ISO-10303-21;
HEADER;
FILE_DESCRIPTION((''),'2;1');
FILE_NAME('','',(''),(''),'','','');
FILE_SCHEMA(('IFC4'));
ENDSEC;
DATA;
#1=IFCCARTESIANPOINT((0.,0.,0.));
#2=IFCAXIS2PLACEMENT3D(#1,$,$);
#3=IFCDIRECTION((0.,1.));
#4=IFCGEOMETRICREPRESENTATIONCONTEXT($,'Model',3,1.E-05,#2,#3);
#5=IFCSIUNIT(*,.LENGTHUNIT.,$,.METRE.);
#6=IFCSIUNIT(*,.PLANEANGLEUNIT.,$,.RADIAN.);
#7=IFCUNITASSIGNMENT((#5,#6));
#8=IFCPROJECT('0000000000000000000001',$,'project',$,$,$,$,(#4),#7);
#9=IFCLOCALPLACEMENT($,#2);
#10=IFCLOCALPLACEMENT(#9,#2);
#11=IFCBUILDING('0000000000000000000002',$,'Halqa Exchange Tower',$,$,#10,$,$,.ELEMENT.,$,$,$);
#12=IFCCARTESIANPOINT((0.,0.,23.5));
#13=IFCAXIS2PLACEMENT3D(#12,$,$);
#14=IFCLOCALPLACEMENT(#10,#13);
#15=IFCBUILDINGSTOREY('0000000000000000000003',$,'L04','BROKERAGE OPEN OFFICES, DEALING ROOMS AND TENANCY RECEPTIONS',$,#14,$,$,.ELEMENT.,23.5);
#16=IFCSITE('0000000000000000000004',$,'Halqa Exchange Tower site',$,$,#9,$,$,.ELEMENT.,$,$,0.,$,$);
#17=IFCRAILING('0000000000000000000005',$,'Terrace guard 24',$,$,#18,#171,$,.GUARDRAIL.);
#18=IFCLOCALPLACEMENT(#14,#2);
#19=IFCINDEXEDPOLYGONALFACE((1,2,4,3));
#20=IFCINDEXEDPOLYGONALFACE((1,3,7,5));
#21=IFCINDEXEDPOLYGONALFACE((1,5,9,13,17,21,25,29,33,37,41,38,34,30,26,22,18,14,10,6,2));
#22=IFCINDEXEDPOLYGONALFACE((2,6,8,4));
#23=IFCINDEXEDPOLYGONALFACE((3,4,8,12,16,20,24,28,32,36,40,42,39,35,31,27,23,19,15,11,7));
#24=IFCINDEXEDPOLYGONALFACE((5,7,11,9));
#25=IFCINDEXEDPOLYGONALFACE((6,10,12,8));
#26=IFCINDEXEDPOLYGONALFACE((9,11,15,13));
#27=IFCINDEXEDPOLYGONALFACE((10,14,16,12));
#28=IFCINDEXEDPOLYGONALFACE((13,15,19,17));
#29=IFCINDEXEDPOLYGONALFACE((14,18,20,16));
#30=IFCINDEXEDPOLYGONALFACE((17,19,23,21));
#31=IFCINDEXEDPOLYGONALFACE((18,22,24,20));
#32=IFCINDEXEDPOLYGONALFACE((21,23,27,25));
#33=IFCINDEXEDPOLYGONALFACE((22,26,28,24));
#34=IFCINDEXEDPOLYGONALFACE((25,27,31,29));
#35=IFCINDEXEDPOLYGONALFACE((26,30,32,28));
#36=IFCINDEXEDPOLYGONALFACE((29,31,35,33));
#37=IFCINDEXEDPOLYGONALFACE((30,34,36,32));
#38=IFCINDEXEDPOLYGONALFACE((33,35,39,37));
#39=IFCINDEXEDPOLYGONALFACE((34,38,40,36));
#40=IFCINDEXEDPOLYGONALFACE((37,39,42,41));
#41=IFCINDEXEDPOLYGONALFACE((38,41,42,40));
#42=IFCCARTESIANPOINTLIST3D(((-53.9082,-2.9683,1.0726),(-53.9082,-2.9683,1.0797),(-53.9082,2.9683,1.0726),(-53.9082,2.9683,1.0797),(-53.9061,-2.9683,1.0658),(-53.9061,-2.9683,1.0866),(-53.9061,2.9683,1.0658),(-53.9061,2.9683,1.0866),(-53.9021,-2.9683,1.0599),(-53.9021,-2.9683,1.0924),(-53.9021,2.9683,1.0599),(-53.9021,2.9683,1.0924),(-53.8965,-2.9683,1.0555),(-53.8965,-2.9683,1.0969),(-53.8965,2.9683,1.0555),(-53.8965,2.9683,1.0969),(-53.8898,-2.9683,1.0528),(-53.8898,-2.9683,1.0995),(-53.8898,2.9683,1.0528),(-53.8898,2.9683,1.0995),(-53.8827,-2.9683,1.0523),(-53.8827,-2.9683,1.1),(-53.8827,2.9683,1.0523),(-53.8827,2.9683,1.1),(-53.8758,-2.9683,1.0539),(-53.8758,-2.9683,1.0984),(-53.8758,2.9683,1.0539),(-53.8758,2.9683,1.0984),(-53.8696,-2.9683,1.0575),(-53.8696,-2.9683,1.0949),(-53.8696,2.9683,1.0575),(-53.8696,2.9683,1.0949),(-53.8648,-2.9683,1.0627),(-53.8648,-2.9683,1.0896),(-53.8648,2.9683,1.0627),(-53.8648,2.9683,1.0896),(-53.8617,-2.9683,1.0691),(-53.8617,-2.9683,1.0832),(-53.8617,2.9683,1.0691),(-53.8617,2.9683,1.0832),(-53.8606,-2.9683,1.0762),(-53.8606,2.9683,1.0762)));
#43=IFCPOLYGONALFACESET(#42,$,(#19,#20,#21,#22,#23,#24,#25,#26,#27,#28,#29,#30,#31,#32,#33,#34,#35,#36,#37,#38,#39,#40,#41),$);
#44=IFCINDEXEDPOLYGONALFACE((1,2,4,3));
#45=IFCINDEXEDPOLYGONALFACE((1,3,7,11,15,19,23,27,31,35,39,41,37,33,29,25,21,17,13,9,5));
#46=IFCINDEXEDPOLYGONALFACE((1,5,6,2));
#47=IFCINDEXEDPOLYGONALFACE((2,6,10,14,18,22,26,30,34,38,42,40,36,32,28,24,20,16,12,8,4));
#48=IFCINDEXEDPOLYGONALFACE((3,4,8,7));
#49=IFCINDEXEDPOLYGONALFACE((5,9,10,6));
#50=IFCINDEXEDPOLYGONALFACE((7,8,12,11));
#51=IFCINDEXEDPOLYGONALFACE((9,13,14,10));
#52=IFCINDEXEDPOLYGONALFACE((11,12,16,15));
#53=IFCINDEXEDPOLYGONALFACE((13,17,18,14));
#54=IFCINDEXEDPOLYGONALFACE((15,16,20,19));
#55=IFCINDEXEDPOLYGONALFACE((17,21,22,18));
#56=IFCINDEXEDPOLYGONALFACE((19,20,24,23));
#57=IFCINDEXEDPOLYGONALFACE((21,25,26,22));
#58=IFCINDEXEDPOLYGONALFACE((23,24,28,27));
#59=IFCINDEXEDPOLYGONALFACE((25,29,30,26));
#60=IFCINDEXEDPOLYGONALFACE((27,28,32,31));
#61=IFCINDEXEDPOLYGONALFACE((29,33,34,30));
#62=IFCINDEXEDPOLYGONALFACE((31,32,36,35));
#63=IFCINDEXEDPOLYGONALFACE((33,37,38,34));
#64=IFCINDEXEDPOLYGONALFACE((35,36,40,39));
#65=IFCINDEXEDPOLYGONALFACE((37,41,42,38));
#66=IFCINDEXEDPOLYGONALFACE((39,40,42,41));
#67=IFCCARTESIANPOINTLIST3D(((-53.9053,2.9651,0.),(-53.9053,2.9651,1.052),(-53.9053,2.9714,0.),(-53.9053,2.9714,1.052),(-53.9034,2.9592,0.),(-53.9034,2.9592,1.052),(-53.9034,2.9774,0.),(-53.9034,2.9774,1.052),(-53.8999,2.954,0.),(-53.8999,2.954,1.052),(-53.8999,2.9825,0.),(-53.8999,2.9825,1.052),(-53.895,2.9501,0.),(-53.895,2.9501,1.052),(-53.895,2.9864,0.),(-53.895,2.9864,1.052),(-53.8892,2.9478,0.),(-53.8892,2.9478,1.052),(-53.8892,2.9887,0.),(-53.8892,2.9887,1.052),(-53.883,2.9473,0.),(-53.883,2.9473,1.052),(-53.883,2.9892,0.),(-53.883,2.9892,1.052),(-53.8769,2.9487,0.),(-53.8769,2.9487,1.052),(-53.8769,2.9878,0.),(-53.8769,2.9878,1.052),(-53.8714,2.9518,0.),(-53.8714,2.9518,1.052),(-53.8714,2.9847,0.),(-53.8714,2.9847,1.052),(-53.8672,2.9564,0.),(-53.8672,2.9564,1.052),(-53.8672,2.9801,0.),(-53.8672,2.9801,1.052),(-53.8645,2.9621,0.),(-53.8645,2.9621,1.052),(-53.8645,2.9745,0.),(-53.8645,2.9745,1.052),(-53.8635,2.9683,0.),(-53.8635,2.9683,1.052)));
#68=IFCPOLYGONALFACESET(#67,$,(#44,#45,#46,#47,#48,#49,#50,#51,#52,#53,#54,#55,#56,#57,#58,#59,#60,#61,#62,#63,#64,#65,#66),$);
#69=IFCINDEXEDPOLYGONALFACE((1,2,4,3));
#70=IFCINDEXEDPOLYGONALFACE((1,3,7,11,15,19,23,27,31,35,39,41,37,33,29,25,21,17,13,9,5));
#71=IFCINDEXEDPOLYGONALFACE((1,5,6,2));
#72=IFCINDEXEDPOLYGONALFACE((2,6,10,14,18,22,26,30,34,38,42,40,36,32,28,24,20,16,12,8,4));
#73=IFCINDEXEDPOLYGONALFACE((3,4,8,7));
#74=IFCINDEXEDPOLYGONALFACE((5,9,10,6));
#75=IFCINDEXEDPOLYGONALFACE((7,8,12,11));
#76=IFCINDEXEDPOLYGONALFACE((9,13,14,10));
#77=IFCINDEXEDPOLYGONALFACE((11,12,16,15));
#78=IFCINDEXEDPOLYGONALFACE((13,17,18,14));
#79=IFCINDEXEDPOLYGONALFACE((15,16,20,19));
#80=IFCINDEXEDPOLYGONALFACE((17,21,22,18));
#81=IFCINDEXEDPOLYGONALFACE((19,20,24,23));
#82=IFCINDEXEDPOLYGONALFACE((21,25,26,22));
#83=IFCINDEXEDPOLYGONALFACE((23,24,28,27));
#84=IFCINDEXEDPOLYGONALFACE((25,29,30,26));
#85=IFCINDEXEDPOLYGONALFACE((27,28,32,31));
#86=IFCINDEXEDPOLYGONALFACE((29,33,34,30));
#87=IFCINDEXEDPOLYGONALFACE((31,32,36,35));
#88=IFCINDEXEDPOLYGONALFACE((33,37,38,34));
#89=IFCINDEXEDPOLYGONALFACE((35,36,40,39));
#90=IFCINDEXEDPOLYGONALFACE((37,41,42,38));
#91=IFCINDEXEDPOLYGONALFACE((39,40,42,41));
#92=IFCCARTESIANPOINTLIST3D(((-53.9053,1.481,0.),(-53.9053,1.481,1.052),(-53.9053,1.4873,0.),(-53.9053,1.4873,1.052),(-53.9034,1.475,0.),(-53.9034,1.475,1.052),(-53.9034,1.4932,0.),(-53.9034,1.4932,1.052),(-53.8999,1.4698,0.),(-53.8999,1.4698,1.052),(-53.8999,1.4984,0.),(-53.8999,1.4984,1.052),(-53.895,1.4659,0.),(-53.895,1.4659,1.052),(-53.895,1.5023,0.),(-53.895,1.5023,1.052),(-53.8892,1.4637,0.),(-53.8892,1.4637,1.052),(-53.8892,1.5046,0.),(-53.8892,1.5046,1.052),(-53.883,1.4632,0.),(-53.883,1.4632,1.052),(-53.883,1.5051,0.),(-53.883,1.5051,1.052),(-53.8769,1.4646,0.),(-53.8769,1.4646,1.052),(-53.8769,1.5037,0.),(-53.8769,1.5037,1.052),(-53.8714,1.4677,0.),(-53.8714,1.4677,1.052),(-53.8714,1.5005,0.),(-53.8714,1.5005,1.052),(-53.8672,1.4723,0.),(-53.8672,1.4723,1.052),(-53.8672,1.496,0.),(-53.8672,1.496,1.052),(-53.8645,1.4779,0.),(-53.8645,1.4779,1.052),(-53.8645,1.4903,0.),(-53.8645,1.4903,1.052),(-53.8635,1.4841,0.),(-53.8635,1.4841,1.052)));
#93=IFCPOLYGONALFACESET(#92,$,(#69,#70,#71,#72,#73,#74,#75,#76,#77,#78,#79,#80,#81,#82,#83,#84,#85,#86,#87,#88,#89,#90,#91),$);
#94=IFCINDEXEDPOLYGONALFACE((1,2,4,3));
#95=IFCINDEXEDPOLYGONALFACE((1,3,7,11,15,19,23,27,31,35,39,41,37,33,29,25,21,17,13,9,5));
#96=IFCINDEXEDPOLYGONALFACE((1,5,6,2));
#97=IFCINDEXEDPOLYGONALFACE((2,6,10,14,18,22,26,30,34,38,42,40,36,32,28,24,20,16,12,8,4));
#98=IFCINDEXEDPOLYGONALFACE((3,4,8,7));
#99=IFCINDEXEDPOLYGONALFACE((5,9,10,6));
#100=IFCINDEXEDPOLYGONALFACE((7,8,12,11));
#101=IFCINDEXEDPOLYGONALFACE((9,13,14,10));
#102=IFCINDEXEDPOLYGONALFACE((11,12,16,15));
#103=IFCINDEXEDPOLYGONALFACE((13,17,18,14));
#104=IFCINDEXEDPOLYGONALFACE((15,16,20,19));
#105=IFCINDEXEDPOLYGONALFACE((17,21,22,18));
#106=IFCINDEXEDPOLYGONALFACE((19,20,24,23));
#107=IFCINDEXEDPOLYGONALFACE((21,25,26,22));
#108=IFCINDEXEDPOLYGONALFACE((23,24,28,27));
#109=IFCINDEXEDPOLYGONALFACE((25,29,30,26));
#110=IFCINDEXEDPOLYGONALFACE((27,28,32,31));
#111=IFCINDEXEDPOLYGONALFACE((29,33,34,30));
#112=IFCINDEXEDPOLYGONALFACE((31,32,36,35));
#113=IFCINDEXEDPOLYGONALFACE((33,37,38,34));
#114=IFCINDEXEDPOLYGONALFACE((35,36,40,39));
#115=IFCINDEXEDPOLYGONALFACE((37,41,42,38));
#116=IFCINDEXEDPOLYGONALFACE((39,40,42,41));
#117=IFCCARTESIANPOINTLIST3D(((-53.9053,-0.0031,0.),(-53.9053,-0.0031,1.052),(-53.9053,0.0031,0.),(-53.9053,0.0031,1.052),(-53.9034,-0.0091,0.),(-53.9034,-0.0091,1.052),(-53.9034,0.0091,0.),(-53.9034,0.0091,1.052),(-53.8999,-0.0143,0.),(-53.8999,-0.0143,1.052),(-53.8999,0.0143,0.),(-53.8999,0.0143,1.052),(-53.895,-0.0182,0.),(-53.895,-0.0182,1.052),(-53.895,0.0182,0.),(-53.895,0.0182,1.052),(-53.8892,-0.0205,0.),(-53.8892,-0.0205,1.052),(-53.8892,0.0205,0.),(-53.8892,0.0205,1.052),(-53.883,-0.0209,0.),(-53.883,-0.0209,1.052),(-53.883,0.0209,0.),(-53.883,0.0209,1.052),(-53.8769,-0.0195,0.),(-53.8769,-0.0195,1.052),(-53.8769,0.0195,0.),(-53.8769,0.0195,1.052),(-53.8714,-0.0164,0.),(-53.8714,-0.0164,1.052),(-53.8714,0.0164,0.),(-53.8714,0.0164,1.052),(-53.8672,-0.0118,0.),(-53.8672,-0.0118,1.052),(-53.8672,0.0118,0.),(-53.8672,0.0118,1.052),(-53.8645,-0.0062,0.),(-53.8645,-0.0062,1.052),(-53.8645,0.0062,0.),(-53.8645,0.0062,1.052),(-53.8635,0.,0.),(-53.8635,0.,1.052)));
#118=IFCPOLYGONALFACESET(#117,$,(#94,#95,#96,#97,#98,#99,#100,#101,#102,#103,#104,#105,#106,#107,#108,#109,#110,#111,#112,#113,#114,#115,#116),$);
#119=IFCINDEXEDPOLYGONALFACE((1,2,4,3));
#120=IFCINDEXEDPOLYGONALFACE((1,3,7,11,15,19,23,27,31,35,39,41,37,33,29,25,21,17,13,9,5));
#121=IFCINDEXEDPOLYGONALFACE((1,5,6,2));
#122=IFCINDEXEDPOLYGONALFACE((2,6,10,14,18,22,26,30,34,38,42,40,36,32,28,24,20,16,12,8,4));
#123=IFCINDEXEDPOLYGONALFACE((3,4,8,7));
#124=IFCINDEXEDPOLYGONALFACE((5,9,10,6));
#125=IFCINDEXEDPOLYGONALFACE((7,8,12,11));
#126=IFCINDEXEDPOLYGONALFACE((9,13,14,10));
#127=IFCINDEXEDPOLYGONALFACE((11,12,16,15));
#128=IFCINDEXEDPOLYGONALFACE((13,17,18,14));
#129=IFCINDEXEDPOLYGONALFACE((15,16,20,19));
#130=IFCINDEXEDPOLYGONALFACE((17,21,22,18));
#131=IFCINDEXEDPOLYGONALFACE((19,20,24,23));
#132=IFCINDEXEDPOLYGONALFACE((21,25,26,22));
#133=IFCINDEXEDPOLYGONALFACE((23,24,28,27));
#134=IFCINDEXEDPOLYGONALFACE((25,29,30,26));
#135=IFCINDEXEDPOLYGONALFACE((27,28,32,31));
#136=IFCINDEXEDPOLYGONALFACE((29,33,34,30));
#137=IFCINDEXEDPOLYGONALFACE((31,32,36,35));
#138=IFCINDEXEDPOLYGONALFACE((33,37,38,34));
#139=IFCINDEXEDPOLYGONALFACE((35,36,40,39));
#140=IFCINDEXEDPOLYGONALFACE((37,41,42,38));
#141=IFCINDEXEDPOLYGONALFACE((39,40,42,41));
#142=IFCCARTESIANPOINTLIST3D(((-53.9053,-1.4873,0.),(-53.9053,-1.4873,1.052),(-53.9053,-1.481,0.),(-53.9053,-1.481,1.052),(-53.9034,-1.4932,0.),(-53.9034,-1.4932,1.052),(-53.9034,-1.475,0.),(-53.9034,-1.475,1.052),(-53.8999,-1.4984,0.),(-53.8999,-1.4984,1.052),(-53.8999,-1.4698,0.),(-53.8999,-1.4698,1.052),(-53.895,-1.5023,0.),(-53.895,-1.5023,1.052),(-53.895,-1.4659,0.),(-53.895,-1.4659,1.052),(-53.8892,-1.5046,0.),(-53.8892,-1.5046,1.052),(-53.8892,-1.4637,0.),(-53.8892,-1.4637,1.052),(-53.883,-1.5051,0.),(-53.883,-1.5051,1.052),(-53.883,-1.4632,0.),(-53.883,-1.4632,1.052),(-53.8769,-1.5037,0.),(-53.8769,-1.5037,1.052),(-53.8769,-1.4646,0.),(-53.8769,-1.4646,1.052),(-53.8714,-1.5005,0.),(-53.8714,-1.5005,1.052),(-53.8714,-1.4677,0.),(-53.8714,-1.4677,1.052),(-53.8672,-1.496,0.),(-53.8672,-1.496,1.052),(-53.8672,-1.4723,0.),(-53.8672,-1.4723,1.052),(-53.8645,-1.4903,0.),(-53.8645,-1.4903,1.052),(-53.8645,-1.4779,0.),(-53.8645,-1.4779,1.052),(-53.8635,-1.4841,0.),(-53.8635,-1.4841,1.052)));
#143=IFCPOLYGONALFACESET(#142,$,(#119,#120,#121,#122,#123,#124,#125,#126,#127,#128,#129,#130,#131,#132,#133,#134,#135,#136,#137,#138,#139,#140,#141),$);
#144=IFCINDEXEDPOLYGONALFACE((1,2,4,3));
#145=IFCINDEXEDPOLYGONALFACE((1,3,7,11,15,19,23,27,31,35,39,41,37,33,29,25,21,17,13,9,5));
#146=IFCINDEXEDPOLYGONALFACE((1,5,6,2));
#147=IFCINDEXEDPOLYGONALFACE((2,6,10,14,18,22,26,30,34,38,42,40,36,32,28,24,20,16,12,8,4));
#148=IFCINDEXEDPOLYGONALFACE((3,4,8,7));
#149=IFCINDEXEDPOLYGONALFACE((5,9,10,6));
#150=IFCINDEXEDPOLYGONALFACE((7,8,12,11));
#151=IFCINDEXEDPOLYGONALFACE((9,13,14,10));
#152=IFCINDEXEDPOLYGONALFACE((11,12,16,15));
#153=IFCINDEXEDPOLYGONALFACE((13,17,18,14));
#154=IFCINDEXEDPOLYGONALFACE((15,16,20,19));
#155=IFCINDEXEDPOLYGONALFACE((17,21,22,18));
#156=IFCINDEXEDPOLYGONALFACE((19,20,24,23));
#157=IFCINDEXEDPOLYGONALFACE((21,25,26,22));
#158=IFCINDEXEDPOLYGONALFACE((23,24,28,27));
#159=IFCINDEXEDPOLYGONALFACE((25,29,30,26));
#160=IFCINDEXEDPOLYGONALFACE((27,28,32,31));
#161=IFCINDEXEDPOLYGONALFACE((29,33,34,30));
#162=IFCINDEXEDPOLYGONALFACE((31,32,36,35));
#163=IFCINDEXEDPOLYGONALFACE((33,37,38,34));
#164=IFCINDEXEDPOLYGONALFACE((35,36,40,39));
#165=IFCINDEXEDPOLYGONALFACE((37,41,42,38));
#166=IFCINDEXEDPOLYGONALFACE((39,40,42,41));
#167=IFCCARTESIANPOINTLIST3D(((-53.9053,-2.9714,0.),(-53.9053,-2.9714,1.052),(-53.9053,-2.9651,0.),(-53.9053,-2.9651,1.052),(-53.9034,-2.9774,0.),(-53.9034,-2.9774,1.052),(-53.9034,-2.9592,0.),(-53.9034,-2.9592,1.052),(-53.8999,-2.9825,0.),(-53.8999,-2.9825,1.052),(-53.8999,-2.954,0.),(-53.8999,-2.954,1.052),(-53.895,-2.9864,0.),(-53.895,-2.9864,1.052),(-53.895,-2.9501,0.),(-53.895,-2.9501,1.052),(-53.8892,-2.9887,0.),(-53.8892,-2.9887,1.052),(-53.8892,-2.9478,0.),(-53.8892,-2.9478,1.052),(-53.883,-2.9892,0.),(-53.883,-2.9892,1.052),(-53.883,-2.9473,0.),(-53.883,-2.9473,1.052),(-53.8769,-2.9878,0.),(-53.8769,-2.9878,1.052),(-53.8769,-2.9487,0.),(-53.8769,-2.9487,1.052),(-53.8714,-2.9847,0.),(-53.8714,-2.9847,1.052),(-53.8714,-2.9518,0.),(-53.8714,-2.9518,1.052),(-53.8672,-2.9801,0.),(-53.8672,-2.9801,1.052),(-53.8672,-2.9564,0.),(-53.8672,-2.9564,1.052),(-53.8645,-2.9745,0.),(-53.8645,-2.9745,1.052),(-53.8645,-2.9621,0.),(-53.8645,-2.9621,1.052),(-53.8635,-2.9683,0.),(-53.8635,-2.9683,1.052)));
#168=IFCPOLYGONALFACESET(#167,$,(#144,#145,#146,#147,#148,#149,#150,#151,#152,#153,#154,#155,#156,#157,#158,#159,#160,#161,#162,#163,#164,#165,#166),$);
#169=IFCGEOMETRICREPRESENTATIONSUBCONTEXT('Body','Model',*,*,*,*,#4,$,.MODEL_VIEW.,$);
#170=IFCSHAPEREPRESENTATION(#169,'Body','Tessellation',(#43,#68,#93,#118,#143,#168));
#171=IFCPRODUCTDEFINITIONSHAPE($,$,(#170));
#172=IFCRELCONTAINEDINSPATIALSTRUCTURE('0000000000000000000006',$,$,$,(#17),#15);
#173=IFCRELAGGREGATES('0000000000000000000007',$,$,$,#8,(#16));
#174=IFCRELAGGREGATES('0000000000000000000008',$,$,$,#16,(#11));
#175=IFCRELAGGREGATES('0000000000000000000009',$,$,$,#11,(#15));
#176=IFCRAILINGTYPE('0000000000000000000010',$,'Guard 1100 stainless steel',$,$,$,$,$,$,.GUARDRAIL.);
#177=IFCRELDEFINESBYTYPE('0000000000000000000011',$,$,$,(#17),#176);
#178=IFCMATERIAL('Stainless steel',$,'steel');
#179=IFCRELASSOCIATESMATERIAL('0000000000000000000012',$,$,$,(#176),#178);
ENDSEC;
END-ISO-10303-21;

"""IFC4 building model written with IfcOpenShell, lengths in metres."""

from ifc_helpers import new_model, si_unit, direction, frame, origin, origin_2d, place, context, subcontext, project, spatial, circle, extrude, material, type_object, element, save


model = new_model("IFC4")

# Units and contexts
model_context = context("Model", 3, precision=1e-05, world=origin(), true_north=direction((0.0, 1.0)))
body_context = subcontext(model_context, "Body", "Model", "MODEL_VIEW")
ifc_project = project(units=[si_unit("LENGTHUNIT", "METRE"), si_unit("PLANEANGLEUNIT", "RADIAN")], contexts=[model_context])

# Site, building, storey
site_placement = place(None, origin())
site = spatial("IfcSite", under=ifc_project, at=site_placement, Name="Halqa Exchange Tower site", CompositionType="ELEMENT", RefElevation=0.0)
building_placement = place(site_placement, origin())
building = spatial("IfcBuilding", under=site, at=building_placement, Name="Halqa Exchange Tower", CompositionType="ELEMENT")
storey_placement = place(building_placement, frame((0.0, 0.0, 23.5)))
storey = spatial("IfcBuildingStorey", under=building, at=storey_placement, Name="L04", Description="BROKERAGE OPEN OFFICES, DEALING ROOMS AND TENANCY RECEPTIONS", CompositionType="ELEMENT", Elevation=23.5)

# Railing
ifc_material_1 = material(Name="Stainless steel", Category="steel")
railing_type = type_object("IfcRailingType", Name="Guard 1100 stainless steel", PredefinedType="GUARDRAIL", material=ifc_material_1)
railing_1_placement = place(storey_placement, frame((-53.8845, 2.9683, 0.0)))
element("IfcRailing", 1, at=railing_1_placement, inside=storey, type_object=railing_type, Name="Terrace guard 24", PredefinedType="GUARDRAIL", context=body_context, shape_type="SweptSolid", body=[
    extrude(circle(Radius=0.0239, at=origin_2d()), frame((0.0, 0.0, 1.0762), z_axis=(0.0, -1.0, 0.0), x_axis=(1.0, 0.0, 0.0)), (0.0, 0.0, 1.0), 5.9365),
    extrude(circle(Radius=0.021, at=origin_2d()), origin(), (0.0, 0.0, 1.0), 1.052),
    extrude(circle(Radius=0.021, at=origin_2d()), frame((0.0, -1.4841, 0.0)), (0.0, 0.0, 1.0), 1.052),
    extrude(circle(Radius=0.021, at=origin_2d()), frame((0.0, -2.9683, 0.0)), (0.0, 0.0, 1.0), 1.052),
    extrude(circle(Radius=0.021, at=origin_2d()), frame((0.0, -4.4524, 0.0)), (0.0, 0.0, 1.0), 1.052),
    extrude(circle(Radius=0.021, at=origin_2d()), frame((0.0, -5.9365, 0.0)), (0.0, 0.0, 1.0), 1.052),
])

save(model, "model.ifc")
